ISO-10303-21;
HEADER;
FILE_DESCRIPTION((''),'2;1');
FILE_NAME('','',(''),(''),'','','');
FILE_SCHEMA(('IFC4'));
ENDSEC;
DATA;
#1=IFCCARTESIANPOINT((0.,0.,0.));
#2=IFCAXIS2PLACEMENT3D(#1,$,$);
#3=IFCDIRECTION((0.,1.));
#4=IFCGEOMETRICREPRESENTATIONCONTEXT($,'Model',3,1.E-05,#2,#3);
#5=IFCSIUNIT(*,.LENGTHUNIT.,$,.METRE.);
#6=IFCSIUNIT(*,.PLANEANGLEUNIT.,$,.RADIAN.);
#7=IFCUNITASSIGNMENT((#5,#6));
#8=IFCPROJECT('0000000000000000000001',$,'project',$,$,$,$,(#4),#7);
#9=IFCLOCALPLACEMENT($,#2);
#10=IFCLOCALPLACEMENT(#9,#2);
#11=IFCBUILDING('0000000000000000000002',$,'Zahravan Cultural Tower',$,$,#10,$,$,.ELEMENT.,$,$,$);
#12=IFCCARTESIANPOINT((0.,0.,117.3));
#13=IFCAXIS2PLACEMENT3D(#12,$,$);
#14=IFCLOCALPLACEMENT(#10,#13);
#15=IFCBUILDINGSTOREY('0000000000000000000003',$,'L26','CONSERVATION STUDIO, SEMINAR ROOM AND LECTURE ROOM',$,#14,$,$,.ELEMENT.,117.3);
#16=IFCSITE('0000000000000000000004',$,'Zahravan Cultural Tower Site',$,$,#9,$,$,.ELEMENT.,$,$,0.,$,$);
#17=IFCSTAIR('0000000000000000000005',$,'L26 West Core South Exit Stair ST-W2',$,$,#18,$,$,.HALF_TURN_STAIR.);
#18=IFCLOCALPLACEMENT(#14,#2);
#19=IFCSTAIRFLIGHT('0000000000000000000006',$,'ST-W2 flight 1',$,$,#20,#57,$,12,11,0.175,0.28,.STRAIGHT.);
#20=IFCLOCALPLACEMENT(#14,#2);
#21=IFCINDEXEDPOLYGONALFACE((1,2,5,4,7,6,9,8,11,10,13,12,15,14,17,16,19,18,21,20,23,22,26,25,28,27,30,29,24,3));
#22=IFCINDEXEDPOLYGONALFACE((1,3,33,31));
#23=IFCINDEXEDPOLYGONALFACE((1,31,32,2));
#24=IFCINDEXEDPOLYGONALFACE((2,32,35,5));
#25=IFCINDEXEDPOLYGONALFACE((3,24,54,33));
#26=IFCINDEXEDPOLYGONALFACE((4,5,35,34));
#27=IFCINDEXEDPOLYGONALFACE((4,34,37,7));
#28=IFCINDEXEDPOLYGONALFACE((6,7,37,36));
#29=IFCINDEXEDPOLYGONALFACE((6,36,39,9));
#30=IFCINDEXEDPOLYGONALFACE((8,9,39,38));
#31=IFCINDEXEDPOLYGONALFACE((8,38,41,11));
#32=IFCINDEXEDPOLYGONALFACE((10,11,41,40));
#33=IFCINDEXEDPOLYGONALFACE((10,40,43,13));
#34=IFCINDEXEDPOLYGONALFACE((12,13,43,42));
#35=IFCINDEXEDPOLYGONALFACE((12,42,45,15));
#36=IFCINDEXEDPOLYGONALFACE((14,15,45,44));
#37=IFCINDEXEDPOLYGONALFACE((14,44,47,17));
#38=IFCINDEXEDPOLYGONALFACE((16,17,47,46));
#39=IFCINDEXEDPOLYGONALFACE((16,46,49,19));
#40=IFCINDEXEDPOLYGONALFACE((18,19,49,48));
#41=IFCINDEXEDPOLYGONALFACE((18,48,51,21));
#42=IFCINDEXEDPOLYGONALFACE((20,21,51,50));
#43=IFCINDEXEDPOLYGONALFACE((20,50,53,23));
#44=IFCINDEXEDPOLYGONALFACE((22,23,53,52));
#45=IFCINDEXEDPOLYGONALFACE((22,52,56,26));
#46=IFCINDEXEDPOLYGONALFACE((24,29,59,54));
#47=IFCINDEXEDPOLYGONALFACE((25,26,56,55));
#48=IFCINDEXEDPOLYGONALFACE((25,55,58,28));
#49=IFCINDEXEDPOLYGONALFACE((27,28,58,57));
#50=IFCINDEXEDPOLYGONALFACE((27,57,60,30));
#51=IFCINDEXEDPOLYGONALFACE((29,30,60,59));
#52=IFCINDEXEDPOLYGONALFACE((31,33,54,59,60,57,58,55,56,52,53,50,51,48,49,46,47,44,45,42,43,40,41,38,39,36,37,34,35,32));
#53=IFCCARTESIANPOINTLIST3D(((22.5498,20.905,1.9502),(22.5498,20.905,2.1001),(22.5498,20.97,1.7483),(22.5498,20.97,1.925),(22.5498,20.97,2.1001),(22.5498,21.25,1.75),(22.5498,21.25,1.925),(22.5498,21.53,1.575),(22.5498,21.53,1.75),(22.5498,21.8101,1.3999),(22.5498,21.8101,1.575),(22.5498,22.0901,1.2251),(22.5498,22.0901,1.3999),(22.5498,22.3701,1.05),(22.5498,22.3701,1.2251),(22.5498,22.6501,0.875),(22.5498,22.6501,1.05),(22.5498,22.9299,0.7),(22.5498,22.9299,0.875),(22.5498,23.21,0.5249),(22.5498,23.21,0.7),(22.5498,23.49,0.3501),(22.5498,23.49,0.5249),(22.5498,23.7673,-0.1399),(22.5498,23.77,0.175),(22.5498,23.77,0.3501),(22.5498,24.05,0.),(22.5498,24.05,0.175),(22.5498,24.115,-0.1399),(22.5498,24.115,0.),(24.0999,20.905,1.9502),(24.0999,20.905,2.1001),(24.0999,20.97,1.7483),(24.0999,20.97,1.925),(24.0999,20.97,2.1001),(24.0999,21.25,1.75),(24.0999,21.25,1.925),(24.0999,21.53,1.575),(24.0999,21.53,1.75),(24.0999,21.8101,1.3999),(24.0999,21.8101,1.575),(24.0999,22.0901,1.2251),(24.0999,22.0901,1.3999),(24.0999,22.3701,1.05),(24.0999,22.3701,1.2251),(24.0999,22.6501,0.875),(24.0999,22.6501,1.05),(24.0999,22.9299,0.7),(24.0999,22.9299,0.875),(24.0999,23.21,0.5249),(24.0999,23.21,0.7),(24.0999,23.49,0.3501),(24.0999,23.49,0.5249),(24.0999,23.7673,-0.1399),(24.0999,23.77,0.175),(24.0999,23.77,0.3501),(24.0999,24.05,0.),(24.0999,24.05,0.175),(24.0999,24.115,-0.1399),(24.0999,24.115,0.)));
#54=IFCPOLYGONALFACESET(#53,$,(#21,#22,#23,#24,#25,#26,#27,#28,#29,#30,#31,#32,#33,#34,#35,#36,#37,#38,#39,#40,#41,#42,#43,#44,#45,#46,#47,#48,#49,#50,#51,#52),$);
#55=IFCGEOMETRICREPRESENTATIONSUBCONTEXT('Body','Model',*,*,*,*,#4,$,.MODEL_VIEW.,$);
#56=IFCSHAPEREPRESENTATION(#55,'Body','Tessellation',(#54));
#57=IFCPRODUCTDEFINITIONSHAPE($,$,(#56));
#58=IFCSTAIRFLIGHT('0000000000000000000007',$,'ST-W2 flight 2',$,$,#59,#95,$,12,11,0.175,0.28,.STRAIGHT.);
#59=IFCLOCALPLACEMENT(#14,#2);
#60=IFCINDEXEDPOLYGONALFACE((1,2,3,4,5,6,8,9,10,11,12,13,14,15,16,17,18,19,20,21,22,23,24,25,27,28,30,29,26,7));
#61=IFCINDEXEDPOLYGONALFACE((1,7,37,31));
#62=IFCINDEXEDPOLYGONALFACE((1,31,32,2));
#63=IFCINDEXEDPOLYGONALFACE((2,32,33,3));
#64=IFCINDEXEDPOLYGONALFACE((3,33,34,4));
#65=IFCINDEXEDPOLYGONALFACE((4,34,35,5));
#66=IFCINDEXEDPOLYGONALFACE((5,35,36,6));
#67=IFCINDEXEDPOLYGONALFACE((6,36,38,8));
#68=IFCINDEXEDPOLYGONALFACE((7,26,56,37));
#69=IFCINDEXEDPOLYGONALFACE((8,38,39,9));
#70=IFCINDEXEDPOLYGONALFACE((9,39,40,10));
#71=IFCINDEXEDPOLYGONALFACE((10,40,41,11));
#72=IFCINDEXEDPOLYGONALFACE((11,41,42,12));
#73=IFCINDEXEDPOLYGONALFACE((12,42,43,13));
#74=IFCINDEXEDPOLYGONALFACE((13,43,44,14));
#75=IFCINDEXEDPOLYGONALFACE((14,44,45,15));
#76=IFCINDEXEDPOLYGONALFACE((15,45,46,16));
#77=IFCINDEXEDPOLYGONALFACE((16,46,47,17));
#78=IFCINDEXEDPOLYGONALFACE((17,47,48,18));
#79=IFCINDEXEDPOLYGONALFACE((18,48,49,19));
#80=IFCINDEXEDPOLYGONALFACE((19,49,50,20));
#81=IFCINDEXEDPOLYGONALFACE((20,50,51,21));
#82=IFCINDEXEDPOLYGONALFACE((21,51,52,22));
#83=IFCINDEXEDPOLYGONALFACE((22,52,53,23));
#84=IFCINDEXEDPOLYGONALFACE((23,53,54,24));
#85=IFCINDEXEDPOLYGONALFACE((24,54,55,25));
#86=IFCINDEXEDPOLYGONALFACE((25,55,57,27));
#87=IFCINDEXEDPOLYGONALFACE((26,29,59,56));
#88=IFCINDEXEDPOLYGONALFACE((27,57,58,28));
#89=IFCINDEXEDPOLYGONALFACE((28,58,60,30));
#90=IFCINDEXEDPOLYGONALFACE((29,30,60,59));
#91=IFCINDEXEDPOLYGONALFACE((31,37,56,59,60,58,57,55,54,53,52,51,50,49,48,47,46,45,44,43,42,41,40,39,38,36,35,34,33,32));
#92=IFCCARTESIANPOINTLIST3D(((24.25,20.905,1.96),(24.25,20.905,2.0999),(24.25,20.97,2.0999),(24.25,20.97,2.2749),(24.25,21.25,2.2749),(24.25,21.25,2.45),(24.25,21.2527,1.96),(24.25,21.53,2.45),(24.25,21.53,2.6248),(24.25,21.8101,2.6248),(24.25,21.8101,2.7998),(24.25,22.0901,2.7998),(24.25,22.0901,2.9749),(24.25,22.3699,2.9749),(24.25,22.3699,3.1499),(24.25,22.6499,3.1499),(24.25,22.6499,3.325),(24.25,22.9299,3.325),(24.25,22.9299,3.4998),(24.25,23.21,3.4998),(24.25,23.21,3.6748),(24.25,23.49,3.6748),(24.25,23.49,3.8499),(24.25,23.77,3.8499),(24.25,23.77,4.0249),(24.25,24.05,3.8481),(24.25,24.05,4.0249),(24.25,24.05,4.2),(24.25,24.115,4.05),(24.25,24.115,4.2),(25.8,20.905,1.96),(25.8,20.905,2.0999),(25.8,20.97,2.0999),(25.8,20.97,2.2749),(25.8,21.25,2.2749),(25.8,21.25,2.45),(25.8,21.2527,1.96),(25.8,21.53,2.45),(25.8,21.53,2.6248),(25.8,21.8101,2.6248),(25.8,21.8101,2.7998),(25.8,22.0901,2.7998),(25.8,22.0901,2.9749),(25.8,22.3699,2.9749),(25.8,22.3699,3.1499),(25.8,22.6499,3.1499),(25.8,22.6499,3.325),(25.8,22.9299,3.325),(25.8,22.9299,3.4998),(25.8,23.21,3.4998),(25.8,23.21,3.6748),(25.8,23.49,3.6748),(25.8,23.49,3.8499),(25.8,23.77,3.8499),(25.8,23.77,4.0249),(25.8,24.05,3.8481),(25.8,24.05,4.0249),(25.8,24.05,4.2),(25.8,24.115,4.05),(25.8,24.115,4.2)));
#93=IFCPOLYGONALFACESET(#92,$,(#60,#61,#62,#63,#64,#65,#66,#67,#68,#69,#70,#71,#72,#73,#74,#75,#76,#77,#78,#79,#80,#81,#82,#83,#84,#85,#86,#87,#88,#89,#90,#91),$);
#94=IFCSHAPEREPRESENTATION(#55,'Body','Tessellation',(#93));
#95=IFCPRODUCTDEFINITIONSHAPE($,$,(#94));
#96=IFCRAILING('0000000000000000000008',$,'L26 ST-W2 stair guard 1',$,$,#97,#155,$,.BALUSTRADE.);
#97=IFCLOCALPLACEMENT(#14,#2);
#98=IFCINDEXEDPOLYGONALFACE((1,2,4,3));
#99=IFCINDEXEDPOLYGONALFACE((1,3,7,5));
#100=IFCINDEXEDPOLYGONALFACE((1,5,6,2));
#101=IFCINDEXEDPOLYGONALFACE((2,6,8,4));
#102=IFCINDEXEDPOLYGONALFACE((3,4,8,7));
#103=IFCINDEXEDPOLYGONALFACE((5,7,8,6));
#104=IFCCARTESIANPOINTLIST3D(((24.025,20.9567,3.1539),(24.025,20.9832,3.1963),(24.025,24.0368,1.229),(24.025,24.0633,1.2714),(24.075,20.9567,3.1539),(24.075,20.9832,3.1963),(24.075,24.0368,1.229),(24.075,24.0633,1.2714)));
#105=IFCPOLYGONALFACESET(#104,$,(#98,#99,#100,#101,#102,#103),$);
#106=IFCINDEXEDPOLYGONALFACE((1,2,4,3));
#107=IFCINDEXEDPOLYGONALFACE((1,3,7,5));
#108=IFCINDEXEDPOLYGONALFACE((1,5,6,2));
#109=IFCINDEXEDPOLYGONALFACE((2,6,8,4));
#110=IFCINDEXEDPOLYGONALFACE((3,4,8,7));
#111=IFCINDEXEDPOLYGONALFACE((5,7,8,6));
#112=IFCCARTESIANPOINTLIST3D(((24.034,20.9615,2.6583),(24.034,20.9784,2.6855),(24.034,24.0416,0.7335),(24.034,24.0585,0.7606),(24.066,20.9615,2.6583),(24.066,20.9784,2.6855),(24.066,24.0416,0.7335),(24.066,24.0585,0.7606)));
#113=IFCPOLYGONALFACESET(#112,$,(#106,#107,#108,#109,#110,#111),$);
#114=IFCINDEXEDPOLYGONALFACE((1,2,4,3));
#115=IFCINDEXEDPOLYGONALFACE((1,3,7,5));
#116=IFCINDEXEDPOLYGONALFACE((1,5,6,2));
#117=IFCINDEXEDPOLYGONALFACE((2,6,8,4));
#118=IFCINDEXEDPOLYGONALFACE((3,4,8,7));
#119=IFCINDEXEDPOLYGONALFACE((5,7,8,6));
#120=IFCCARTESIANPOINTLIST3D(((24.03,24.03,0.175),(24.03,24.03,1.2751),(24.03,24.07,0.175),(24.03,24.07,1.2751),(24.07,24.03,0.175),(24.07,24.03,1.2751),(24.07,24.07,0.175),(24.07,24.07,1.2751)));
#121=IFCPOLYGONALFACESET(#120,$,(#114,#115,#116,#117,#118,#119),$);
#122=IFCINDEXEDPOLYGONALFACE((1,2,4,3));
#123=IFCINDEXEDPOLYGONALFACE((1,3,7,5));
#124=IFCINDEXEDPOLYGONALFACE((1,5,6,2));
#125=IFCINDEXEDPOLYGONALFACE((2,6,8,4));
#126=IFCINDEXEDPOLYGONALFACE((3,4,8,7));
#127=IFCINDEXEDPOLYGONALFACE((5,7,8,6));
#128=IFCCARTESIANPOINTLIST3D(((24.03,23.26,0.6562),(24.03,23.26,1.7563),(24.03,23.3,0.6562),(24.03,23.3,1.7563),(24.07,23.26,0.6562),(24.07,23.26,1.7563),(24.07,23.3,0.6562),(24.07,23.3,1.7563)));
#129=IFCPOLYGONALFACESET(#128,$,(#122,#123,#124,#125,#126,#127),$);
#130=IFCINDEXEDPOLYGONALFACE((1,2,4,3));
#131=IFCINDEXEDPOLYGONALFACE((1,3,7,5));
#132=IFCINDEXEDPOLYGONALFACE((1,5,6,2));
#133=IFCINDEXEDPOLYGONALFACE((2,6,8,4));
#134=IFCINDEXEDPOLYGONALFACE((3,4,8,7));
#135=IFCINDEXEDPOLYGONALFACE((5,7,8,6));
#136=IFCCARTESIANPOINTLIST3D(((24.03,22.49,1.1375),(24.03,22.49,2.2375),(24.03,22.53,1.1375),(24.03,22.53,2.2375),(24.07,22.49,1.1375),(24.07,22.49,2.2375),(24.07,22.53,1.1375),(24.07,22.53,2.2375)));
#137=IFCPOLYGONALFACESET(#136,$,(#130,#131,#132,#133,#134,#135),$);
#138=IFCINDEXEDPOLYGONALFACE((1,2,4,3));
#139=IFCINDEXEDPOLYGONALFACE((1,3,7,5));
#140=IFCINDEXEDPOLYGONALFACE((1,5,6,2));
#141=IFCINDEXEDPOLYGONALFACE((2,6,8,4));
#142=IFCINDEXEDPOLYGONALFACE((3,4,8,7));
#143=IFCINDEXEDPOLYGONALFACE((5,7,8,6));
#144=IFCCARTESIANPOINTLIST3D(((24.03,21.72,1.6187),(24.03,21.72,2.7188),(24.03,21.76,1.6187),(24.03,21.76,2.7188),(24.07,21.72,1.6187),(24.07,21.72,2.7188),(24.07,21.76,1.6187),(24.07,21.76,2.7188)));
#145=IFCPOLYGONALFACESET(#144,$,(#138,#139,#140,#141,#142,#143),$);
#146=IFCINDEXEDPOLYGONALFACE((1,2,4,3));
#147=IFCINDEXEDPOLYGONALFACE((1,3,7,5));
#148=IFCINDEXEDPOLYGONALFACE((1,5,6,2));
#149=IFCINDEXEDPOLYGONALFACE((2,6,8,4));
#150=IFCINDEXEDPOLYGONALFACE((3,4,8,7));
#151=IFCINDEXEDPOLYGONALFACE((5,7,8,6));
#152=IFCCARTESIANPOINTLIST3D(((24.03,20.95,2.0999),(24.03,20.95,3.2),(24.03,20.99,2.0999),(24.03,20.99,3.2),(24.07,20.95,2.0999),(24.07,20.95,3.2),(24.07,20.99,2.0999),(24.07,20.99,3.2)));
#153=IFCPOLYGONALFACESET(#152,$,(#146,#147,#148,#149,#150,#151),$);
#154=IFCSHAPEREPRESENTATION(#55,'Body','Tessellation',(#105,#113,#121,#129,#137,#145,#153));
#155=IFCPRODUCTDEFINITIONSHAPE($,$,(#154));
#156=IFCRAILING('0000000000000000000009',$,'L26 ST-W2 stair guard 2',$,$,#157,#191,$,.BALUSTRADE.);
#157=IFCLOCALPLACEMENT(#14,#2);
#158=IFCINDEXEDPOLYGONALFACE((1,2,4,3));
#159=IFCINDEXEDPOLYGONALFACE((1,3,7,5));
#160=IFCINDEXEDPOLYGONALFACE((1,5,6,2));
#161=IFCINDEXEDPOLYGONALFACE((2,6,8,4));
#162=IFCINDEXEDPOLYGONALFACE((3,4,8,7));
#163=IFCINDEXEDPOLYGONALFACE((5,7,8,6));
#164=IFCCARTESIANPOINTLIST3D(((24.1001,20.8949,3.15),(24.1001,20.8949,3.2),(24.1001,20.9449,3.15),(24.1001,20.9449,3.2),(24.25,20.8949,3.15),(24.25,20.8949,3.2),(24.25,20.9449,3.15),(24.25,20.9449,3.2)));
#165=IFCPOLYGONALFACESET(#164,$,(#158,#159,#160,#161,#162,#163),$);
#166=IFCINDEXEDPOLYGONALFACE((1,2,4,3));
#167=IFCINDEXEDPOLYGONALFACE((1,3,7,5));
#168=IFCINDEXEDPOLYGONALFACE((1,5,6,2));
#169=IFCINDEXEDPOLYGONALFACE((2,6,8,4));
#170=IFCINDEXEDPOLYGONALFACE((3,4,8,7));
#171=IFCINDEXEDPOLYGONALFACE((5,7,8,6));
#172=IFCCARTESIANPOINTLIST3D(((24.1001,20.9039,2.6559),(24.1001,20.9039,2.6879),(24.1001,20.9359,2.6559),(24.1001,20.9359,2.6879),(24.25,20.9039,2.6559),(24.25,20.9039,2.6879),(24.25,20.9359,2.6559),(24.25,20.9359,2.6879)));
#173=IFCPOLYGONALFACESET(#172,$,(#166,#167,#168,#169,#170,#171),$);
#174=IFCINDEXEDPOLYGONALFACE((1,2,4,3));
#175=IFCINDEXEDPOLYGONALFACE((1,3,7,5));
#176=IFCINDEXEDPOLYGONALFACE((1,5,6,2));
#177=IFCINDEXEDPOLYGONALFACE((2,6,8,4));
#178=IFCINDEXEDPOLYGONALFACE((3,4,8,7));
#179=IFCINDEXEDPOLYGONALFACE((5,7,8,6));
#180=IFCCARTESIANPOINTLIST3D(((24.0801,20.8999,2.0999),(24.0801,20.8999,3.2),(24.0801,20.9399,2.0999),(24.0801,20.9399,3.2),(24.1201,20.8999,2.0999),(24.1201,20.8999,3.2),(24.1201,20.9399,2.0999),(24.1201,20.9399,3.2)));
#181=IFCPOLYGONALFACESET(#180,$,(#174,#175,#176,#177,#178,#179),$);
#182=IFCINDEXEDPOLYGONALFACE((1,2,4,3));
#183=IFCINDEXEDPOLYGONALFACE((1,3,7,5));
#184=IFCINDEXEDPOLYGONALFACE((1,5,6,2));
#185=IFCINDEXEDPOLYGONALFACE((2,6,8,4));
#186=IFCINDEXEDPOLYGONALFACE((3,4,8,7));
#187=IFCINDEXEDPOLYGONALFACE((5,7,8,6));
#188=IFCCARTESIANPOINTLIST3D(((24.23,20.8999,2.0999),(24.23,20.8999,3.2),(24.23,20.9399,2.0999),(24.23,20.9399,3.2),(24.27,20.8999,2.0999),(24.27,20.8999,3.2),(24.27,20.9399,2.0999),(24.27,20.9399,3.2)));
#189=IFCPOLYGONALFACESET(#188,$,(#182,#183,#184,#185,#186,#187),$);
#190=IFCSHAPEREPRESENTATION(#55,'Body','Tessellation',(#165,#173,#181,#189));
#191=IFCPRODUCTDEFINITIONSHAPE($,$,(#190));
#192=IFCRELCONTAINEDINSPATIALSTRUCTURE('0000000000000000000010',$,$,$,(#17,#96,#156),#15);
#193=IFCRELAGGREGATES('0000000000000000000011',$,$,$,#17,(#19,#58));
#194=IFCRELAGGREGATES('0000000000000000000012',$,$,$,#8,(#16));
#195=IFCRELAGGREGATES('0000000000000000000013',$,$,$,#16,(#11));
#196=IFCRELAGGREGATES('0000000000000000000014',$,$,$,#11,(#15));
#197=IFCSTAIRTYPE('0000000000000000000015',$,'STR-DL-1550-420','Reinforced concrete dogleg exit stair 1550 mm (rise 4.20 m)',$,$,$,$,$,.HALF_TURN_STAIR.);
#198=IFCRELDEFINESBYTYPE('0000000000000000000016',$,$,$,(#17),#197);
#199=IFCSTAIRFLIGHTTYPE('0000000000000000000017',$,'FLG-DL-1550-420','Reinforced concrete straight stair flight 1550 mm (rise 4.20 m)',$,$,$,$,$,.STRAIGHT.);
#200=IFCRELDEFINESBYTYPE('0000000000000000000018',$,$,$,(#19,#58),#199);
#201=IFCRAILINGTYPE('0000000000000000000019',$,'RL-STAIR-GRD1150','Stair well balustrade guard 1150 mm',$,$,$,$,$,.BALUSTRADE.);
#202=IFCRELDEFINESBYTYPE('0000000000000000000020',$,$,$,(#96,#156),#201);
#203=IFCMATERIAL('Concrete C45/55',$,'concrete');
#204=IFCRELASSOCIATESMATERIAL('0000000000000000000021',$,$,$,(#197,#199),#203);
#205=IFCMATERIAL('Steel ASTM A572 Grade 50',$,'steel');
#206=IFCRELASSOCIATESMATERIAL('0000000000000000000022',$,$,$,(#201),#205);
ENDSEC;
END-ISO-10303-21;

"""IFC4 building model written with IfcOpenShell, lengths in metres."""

from ifc_helpers import new_model, si_unit, direction, frame, origin, origin_2d, place, context, subcontext, project, spatial, polyline, rectangle, outline, extrude, material, type_object, element, aggregate, save


model = new_model("IFC4")

# Units and contexts
model_context = context("Model", 3, precision=1e-05, world=origin(), true_north=direction((0.0, 1.0)))
body_context = subcontext(model_context, "Body", "Model", "MODEL_VIEW")
ifc_project = project(units=[si_unit("LENGTHUNIT", "METRE"), si_unit("PLANEANGLEUNIT", "RADIAN")], contexts=[model_context])

# Site, building, storey
site_placement = place(None, origin())
site = spatial("IfcSite", under=ifc_project, at=site_placement, Name="Zahravan Cultural Tower Site", CompositionType="ELEMENT", RefElevation=0.0)
building_placement = place(site_placement, origin())
building = spatial("IfcBuilding", under=site, at=building_placement, Name="Zahravan Cultural Tower", CompositionType="ELEMENT")
storey_placement = place(building_placement, frame((0.0, 0.0, 117.3)))
storey = spatial("IfcBuildingStorey", under=building, at=storey_placement, Name="L26", Description="CONSERVATION STUDIO, SEMINAR ROOM AND LECTURE ROOM", CompositionType="ELEMENT", Elevation=117.3)

# Shared definitions
ifc_material_1 = material(Name="Concrete C45/55", Category="concrete")
ifc_material_2 = material(Name="Steel ASTM A572 Grade 50", Category="steel")

# Stair, stair flights
stair_type = type_object("IfcStairType", Name="STR-DL-1550-420", Description="Reinforced concrete dogleg exit stair 1550 mm (rise 4.20 m)", PredefinedType="HALF_TURN_STAIR", material=ifc_material_1)
stair_placement = place(storey_placement, origin())
stair = element("IfcStair", 1, at=stair_placement, inside=storey, type_object=stair_type, Name="L26 West Core South Exit Stair ST-W2", PredefinedType="HALF_TURN_STAIR")
stair_flight_type = type_object("IfcStairFlightType", Name="FLG-DL-1550-420", Description="Reinforced concrete straight stair flight 1550 mm (rise 4.20 m)", PredefinedType="STRAIGHT", material=ifc_material_1)
stair_flight_1_placement = place(storey_placement, frame((23.325, 24.05, 0.0), z_axis=(0.0, 0.0, 1.0), x_axis=(0.0, -1.0, 0.0)))
stair_flight_1 = element("IfcStairFlight", 2, at=stair_flight_1_placement, type_object=stair_flight_type, Name="ST-W2 flight 1", NumberOfRisers=12, NumberOfTreads=11, PredefinedType="STRAIGHT", RiserHeight=0.175, TreadLength=0.28, context=body_context, shape_type="SweptSolid", body=[
    extrude(outline(polyline([(-0.0649, -0.1399), (-0.0649, 0.0), (0.0, 0.0), (0.0, 0.175), (0.28, 0.175), (0.28, 0.3501), (0.5601, 0.3501), (0.5601, 0.5249), (0.8401, 0.5249), (0.8401, 0.7), (1.1201, 0.7), (1.1201, 0.875), (1.3999, 0.875), (1.3999, 1.05), (1.6799, 1.05), (1.6799, 1.2251), (1.96, 1.2251), (1.96, 1.3999), (2.24, 1.3999), (2.24, 1.575), (2.52, 1.575), (2.52, 1.75), (2.8, 1.75), (2.8, 1.925), (3.0801, 1.925), (3.0801, 2.1001), (3.145, 2.1001), (3.145, 1.9502), (3.0801, 1.7483), (0.2827, -0.1399), (-0.0649, -0.1399)])), frame((0.0, 0.7749, 0.0), z_axis=(0.0, -1.0, 0.0), x_axis=(1.0, 0.0, 0.0)), (0.0, 0.0, 1.0), 1.55),
])
stair_flight_2_placement = place(storey_placement, frame((25.0249, 20.97, 2.0999), z_axis=(0.0, 0.0, 1.0), x_axis=(0.0, 1.0, 0.0)))
stair_flight_2 = element("IfcStairFlight", 3, at=stair_flight_2_placement, type_object=stair_flight_type, Name="ST-W2 flight 2", NumberOfRisers=12, NumberOfTreads=11, PredefinedType="STRAIGHT", RiserHeight=0.175, TreadLength=0.28, context=body_context, shape_type="SweptSolid", body=[
    extrude(outline(polyline([(-0.0649, -0.1399), (-0.0649, 0.0), (0.0, 0.0), (0.0, 0.175), (0.28, 0.175), (0.28, 0.3501), (0.5601, 0.3501), (0.5601, 0.5249), (0.8401, 0.5249), (0.8401, 0.7), (1.1201, 0.7), (1.1201, 0.875), (1.3999, 0.875), (1.3999, 1.05), (1.6799, 1.05), (1.6799, 1.2251), (1.96, 1.2251), (1.96, 1.3999), (2.24, 1.3999), (2.24, 1.575), (2.52, 1.575), (2.52, 1.75), (2.8, 1.75), (2.8, 1.925), (3.0801, 1.925), (3.0801, 2.1001), (3.145, 2.1001), (3.145, 1.9502), (3.0801, 1.7483), (0.2827, -0.1399), (-0.0649, -0.1399)])), frame((0.0, 0.7749, 0.0), z_axis=(0.0, -1.0, 0.0), x_axis=(1.0, 0.0, 0.0)), (0.0, 0.0, 1.0), 1.55),
])
aggregate(stair, [stair_flight_1, stair_flight_2])

# Railings
railing_type_1 = type_object("IfcRailingType", Name="RL-STAIR-GRD1150", Description="Stair well balustrade guard 1150 mm", PredefinedType="BALUSTRADE", material=ifc_material_2)
railing_1_placement = place(storey_placement, frame((24.05, 24.05, 0.175)))
element("IfcRailing", 4, at=railing_1_placement, inside=storey, type_object=railing_type_1, Name="L26 ST-W2 stair guard 1", PredefinedType="BALUSTRADE", context=body_context, shape_type="SweptSolid", body=[
    extrude(rectangle(XDim=0.05, YDim=0.05, at=origin_2d()), frame((0.0, 0.0, 1.0752), z_axis=(0.0, -0.848029, 0.529951), x_axis=(1.0, 0.0, 0.0)), (0.0, 0.0, 1.0), 3.6321),
    extrude(rectangle(XDim=0.032, YDim=0.032, at=origin_2d()), frame((0.0, 0.0, 0.572), z_axis=(0.0, -0.848029, 0.529951), x_axis=(1.0, 0.0, 0.0)), (0.0, 0.0, 1.0), 3.6321),
    extrude(rectangle(XDim=0.04, YDim=0.04, at=origin_2d()), origin(), (0.0, 0.0, 1.0), 1.1001),
    extrude(rectangle(XDim=0.04, YDim=0.04, at=origin_2d()), frame((0.0, -0.77, 0.4812)), (0.0, 0.0, 1.0), 1.1001),
    extrude(rectangle(XDim=0.04, YDim=0.04, at=origin_2d()), frame((0.0, -1.54, 0.9624)), (0.0, 0.0, 1.0), 1.1001),
    extrude(rectangle(XDim=0.04, YDim=0.04, at=origin_2d()), frame((0.0, -2.3101, 1.4436)), (0.0, 0.0, 1.0), 1.1001),
    extrude(rectangle(XDim=0.04, YDim=0.04, at=origin_2d()), frame((0.0, -3.0801, 1.9248)), (0.0, 0.0, 1.0), 1.1001),
])
railing_2_placement = place(storey_placement, frame((24.1001, 20.9199, 2.0999)))
element("IfcRailing", 5, at=railing_2_placement, inside=storey, type_object=railing_type_1, Name="L26 ST-W2 stair guard 2", PredefinedType="BALUSTRADE", context=body_context, shape_type="SweptSolid", body=[
    extrude(rectangle(XDim=0.05, YDim=0.05, at=origin_2d()), frame((0.0, 0.0, 1.0752), z_axis=(1.0, 0.0, 0.0), x_axis=(0.0, 1.0, 0.0)), (0.0, 0.0, 1.0), 0.1499),
    extrude(rectangle(XDim=0.032, YDim=0.032, at=origin_2d()), frame((0.0, 0.0, 0.572), z_axis=(1.0, 0.0, 0.0), x_axis=(0.0, 1.0, 0.0)), (0.0, 0.0, 1.0), 0.1499),
    extrude(rectangle(XDim=0.04, YDim=0.04, at=origin_2d()), origin(), (0.0, 0.0, 1.0), 1.1001),
    extrude(rectangle(XDim=0.04, YDim=0.04, at=origin_2d()), frame((0.1499, 0.0, 0.0)), (0.0, 0.0, 1.0), 1.1001),
])

save(model, "model.ifc")
